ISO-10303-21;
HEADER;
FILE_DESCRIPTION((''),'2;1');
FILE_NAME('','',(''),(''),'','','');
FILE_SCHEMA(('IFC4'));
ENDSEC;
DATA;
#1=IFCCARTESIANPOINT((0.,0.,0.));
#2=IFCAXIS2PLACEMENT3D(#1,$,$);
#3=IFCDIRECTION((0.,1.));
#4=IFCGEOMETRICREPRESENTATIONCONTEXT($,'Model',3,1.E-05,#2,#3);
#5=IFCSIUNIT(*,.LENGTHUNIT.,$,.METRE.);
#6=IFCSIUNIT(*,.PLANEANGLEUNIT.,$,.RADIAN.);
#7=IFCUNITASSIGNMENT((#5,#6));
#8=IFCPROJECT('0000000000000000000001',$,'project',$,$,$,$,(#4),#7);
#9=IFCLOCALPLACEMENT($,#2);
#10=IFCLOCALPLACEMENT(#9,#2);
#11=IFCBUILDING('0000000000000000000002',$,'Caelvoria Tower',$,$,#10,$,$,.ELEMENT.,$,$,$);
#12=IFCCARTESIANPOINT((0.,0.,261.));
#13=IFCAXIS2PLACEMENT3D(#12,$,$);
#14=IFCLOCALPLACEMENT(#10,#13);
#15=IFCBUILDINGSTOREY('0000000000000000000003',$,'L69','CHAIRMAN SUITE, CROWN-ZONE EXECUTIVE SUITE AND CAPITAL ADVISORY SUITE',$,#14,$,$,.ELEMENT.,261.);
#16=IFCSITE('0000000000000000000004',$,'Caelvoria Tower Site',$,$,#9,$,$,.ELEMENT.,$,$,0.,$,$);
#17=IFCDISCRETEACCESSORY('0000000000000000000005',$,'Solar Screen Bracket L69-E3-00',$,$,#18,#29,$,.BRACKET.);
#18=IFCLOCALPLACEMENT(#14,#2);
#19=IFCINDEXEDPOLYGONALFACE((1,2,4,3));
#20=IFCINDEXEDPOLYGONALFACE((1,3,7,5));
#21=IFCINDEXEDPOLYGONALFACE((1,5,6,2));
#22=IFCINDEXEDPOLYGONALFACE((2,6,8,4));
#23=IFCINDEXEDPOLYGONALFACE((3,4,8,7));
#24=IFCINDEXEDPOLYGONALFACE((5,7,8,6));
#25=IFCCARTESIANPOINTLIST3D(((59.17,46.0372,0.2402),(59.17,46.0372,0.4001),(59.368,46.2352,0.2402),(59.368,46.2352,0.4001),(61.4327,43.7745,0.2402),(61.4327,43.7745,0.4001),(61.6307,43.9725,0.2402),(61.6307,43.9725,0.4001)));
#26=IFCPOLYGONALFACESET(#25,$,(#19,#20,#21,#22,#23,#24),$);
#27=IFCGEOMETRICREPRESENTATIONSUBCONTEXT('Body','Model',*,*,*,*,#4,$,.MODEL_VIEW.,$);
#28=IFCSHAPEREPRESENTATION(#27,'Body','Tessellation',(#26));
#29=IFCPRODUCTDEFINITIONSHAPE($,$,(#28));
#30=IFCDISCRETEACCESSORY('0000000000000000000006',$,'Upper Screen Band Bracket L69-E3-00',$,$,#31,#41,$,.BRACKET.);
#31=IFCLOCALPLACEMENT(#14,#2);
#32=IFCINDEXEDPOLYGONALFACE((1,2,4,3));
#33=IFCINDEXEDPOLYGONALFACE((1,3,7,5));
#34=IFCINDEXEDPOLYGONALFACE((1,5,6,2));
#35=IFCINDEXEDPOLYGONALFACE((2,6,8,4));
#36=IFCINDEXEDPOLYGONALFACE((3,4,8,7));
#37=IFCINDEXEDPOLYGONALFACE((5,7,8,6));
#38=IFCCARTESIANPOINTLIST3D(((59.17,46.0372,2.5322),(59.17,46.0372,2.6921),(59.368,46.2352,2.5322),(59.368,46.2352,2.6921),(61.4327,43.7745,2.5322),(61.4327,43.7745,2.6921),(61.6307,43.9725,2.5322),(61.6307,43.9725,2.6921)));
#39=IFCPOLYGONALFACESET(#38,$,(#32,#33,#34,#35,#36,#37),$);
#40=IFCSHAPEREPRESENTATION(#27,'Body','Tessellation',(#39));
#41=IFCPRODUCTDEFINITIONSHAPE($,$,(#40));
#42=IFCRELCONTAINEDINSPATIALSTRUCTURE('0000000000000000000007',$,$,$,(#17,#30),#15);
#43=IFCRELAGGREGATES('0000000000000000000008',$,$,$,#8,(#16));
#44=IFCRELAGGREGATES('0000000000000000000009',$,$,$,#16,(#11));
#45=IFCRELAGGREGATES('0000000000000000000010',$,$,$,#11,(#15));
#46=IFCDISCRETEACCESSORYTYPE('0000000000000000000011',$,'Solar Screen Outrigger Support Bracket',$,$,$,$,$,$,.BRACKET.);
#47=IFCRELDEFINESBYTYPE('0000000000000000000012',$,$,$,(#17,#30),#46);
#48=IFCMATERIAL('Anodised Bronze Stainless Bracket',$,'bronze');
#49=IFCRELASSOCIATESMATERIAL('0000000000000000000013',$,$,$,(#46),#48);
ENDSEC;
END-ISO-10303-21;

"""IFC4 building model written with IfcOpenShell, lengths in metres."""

from ifc_helpers import new_model, si_unit, direction, frame, origin, origin_2d, place, context, subcontext, project, spatial, rectangle, extrude, material, type_object, element, save


model = new_model("IFC4")

# Units and contexts
model_context = context("Model", 3, precision=1e-05, world=origin(), true_north=direction((0.0, 1.0)))
body_context = subcontext(model_context, "Body", "Model", "MODEL_VIEW")
ifc_project = project(units=[si_unit("LENGTHUNIT", "METRE"), si_unit("PLANEANGLEUNIT", "RADIAN")], contexts=[model_context])

# Site, building, storey
site_placement = place(None, origin())
site = spatial("IfcSite", under=ifc_project, at=site_placement, Name="Caelvoria Tower Site", CompositionType="ELEMENT", RefElevation=0.0)
building_placement = place(site_placement, origin())
building = spatial("IfcBuilding", under=site, at=building_placement, Name="Caelvoria Tower", CompositionType="ELEMENT")
storey_placement = place(building_placement, frame((0.0, 0.0, 261.0)))
storey = spatial("IfcBuildingStorey", under=building, at=storey_placement, Name="L69", Description="CHAIRMAN SUITE, CROWN-ZONE EXECUTIVE SUITE AND CAPITAL ADVISORY SUITE", CompositionType="ELEMENT", Elevation=261.0)

# Discrete accessories
ifc_material_1 = material(Name="Anodised Bronze Stainless Bracket", Category="bronze")
discrete_accessory_type = type_object("IfcDiscreteAccessoryType", Name="Solar Screen Outrigger Support Bracket", PredefinedType="BRACKET", material=ifc_material_1)
for number, where, z_axis, x_axis, name in (
    (1, (60.4004, 45.0049, 0.2402), (0.0, 0.0, 1.0), (-0.707107, 0.707107, 0.0), "Solar Screen Bracket L69-E3-00"),
    (2, (60.4004, 45.0049, 2.5322), (0.0, 0.0, 1.0), (-0.707107, 0.707107, 0.0), "Upper Screen Band Bracket L69-E3-00"),
):
    element("IfcDiscreteAccessory", number, at=place(storey_placement, frame(where, z_axis=z_axis, x_axis=x_axis)), inside=storey, type_object=discrete_accessory_type, Name=name, PredefinedType="BRACKET", context=body_context, shape_type="SweptSolid", body=[
        extrude(rectangle(XDim=3.2, YDim=0.28, at=origin_2d()), origin(), (0.0, 0.0, 1.0), 0.1599),
    ])

save(model, "model.ifc")
